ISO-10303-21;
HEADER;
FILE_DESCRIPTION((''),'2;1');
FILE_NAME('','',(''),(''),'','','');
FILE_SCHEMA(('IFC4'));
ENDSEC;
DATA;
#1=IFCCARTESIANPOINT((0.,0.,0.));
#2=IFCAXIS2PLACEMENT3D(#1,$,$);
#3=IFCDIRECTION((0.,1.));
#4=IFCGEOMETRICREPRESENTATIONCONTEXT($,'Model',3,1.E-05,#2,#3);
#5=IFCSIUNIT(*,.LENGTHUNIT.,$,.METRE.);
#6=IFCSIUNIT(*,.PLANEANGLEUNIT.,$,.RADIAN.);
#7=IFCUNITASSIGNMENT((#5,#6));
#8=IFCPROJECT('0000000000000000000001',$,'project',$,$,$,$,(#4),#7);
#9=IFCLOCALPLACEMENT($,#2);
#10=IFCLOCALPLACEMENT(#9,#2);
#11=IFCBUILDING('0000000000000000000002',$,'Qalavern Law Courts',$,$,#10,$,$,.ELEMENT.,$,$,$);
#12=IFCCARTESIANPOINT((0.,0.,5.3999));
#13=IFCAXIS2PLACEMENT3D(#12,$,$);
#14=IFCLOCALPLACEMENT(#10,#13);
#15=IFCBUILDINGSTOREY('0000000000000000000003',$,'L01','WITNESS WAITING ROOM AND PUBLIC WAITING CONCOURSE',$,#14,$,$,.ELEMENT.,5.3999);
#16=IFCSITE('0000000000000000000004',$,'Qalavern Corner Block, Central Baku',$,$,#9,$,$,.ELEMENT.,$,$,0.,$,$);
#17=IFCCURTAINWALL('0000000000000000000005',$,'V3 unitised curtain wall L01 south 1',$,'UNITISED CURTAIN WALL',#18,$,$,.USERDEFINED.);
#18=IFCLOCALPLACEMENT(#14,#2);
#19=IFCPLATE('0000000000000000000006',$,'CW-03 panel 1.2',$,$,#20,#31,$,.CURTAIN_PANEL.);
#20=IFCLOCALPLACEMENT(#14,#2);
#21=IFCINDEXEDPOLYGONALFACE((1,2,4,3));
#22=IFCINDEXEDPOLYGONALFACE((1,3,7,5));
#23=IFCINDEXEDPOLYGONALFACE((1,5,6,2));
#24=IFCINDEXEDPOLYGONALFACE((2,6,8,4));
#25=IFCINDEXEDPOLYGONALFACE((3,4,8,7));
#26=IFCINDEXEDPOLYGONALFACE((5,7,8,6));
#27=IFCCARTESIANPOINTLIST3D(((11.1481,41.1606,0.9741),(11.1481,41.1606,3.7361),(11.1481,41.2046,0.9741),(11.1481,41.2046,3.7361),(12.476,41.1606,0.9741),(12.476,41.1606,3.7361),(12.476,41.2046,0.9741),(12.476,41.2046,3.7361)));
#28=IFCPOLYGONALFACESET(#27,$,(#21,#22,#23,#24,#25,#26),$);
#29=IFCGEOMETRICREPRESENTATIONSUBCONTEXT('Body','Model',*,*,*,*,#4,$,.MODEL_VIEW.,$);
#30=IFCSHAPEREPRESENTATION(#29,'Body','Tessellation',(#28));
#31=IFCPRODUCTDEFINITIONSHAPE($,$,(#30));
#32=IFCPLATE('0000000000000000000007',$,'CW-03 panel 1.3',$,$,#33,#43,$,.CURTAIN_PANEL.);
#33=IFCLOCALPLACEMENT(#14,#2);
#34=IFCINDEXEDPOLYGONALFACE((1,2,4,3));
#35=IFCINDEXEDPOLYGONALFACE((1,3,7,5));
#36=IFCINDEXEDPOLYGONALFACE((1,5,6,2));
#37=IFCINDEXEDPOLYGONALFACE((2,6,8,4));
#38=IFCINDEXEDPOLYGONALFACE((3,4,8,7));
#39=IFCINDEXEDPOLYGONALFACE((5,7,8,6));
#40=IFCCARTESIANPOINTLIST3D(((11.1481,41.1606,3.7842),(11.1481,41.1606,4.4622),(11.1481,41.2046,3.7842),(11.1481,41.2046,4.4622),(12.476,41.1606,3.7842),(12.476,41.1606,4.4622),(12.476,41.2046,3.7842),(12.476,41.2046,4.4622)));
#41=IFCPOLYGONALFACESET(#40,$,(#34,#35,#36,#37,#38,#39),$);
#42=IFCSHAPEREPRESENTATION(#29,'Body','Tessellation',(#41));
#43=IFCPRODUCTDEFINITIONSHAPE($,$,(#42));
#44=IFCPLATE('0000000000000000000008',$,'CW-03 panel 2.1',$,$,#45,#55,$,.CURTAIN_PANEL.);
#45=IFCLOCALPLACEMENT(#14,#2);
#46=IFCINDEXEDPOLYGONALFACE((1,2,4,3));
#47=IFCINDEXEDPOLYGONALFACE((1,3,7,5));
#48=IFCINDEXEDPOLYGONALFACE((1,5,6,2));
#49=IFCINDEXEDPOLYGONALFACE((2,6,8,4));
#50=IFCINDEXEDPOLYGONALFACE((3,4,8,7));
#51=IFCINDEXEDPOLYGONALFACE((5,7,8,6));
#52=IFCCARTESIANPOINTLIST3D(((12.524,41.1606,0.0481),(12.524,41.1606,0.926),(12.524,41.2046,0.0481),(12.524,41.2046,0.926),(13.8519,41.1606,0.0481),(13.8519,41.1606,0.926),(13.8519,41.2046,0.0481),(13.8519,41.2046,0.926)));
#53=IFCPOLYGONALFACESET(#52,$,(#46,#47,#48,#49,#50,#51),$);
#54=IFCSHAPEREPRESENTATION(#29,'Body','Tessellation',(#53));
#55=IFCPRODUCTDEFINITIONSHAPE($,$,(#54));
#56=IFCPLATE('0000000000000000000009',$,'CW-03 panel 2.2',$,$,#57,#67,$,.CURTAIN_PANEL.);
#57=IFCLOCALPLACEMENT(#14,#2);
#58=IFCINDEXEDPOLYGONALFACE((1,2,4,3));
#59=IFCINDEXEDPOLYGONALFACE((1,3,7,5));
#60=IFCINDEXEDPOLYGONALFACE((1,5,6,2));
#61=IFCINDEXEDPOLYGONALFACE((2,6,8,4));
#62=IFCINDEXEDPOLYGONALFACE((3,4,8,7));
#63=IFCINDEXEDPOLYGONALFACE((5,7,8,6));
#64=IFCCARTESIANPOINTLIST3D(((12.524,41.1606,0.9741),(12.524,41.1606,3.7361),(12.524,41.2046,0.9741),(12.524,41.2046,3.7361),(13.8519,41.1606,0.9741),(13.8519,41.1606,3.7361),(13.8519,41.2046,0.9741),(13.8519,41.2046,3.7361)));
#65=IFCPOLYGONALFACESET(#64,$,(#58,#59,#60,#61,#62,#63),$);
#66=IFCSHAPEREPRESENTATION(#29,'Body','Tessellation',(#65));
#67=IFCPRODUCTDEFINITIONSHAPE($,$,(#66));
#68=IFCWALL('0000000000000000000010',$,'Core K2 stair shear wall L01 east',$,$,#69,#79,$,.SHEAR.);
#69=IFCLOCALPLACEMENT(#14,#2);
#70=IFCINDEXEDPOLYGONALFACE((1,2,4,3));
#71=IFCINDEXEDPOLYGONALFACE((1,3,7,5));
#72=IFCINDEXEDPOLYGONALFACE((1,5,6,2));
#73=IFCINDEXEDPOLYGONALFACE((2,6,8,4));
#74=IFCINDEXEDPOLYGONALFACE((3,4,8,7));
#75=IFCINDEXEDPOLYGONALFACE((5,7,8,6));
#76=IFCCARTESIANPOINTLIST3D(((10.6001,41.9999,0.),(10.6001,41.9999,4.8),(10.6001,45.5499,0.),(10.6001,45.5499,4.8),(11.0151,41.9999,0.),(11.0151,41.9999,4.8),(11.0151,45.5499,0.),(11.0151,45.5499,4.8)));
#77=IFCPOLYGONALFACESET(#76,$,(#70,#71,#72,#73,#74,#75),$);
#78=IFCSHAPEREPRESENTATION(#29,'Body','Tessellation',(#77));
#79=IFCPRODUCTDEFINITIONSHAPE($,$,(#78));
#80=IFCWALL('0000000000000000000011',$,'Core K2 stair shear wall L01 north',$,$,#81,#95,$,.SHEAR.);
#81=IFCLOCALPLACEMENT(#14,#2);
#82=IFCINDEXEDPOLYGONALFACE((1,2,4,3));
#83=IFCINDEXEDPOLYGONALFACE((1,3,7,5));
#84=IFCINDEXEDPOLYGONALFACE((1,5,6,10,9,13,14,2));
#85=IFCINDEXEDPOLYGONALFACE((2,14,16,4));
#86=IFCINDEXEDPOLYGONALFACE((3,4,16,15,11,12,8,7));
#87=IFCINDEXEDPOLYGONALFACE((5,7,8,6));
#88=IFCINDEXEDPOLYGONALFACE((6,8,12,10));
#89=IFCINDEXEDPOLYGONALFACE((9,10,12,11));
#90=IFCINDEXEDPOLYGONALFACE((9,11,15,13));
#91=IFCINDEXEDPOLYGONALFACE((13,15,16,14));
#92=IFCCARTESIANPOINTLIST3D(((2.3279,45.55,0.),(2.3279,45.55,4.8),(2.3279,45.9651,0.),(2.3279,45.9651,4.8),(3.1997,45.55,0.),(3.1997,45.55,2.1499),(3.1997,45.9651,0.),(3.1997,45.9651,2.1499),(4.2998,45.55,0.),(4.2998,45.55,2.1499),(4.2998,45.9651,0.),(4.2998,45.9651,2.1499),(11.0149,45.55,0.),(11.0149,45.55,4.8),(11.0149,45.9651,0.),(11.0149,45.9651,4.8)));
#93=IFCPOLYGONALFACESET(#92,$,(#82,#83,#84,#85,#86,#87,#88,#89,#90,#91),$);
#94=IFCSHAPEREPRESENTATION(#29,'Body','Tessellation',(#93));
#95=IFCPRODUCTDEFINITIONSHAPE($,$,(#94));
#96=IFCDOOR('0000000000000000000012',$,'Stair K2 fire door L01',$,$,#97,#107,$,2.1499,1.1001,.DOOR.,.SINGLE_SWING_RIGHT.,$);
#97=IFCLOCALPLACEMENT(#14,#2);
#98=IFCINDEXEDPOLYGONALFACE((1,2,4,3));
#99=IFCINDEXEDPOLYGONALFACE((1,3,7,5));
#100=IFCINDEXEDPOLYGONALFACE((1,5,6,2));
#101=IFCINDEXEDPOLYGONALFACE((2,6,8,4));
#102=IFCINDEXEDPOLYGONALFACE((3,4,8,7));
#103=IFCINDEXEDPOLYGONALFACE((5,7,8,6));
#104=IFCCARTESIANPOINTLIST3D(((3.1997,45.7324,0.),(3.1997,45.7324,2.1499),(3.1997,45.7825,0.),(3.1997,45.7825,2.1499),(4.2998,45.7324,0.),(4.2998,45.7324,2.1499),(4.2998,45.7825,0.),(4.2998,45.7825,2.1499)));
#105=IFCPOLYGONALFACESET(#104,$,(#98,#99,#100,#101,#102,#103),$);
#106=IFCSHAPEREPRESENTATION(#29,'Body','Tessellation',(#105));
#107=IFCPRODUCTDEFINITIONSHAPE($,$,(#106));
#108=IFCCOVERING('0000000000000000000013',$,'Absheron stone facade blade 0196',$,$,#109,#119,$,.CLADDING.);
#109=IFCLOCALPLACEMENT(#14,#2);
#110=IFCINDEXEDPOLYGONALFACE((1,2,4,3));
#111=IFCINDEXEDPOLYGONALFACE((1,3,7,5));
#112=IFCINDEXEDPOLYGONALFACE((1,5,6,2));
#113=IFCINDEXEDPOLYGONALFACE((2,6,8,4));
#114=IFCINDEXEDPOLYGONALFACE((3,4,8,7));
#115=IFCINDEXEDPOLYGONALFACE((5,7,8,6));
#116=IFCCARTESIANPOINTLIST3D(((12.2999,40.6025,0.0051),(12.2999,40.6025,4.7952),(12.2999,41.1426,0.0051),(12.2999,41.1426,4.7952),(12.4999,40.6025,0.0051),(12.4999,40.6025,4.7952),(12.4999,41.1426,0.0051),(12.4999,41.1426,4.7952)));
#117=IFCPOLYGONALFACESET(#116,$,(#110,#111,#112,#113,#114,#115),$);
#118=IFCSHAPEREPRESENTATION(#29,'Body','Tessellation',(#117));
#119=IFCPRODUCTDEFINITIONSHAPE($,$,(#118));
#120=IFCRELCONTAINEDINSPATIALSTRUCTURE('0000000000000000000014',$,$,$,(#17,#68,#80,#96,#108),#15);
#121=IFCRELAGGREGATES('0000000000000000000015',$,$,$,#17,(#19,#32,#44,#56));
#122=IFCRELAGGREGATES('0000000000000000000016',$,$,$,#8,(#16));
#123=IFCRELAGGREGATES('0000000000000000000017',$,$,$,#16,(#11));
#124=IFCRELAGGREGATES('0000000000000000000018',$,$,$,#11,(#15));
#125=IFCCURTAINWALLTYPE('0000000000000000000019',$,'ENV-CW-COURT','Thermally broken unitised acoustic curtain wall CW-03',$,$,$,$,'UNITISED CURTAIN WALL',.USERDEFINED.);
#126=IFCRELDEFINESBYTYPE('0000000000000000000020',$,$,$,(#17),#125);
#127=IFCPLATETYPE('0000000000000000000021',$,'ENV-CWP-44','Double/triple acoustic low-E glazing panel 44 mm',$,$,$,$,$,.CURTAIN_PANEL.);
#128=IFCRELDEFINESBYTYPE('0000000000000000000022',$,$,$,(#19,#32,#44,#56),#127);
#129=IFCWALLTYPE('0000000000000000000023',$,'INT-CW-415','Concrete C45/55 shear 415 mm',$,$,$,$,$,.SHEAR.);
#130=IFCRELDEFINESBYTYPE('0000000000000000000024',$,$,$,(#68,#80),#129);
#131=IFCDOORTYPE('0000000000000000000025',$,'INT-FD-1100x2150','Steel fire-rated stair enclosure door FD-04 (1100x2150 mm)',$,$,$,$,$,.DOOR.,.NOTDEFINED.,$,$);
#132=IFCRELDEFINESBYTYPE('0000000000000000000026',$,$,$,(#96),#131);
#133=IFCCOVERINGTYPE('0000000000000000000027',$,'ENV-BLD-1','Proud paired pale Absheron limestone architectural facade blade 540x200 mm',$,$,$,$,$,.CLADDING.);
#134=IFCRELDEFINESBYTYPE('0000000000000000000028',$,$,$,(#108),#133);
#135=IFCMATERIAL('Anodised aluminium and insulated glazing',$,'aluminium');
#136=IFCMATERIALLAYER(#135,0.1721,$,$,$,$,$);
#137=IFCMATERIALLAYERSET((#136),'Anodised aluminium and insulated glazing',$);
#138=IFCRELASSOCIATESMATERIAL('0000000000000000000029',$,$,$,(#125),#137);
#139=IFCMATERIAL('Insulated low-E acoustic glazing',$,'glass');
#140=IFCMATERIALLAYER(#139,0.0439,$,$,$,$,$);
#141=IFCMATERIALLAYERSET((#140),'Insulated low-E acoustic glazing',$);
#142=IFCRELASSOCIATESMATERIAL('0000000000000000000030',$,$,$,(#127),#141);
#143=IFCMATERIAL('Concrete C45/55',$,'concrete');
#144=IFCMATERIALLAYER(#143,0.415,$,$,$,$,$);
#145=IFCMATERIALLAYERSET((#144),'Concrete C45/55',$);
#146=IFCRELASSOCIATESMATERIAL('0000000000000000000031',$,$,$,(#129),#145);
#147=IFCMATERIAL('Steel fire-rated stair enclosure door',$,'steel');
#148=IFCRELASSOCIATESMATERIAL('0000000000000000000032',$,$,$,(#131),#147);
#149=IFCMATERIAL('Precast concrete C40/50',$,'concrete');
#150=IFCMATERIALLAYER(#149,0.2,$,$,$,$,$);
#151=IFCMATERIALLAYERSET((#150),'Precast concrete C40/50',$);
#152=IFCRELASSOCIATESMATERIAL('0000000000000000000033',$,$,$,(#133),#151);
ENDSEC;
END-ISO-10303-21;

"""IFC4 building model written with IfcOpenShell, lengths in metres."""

from ifc_helpers import new_model, si_unit, direction, frame, frame_2d, origin, origin_2d, place, context, subcontext, project, spatial, rectangle, extrude, material, layer, layer_set, type_object, element, fill, aggregate, save


model = new_model("IFC4")

# Units and contexts
model_context = context("Model", 3, precision=1e-05, world=origin(), true_north=direction((0.0, 1.0)))
body_context = subcontext(model_context, "Body", "Model", "MODEL_VIEW")
ifc_project = project(units=[si_unit("LENGTHUNIT", "METRE"), si_unit("PLANEANGLEUNIT", "RADIAN")], contexts=[model_context])

# Site, building, storey
site_placement = place(None, origin())
site = spatial("IfcSite", under=ifc_project, at=site_placement, Name="Qalavern Corner Block, Central Baku", CompositionType="ELEMENT", RefElevation=0.0)
building_placement = place(site_placement, origin())
building = spatial("IfcBuilding", under=site, at=building_placement, Name="Qalavern Law Courts", CompositionType="ELEMENT")
storey_placement = place(building_placement, frame((0.0, 0.0, 5.3999)))
storey = spatial("IfcBuildingStorey", under=building, at=storey_placement, Name="L01", Description="WITNESS WAITING ROOM AND PUBLIC WAITING CONCOURSE", CompositionType="ELEMENT", Elevation=5.3999)

# Curtain wall, plates
ifc_material_1 = material(Name="Anodised aluminium and insulated glazing", Category="aluminium")
ifc_layer_1 = layer(ifc_material_1, 0.1721)
ifc_layer_set_1 = layer_set([ifc_layer_1], Name="Anodised aluminium and insulated glazing")
curtain_wall_type = type_object("IfcCurtainWallType", Name="ENV-CW-COURT", Description="Thermally broken unitised acoustic curtain wall CW-03", ElementType="UNITISED CURTAIN WALL", PredefinedType="USERDEFINED", material=ifc_layer_set_1)
curtain_wall_placement = place(storey_placement, origin())
curtain_wall = element("IfcCurtainWall", 1, at=curtain_wall_placement, inside=storey, type_object=curtain_wall_type, Name="V3 unitised curtain wall L01 south 1", ObjectType="UNITISED CURTAIN WALL", PredefinedType="USERDEFINED")
ifc_material_2 = material(Name="Insulated low-E acoustic glazing", Category="glass")
ifc_layer_2 = layer(ifc_material_2, 0.0439)
ifc_layer_set_2 = layer_set([ifc_layer_2], Name="Insulated low-E acoustic glazing")
plate_type = type_object("IfcPlateType", Name="ENV-CWP-44", Description="Double/triple acoustic low-E glazing panel 44 mm", PredefinedType="CURTAIN_PANEL", material=ifc_layer_set_2)
plate_1_placement = place(storey_placement, frame((11.812, 41.1826, 0.9741), z_axis=(0.0, 0.0, 1.0), x_axis=(1.0, 0.0, 0.0)))
plate_1 = element("IfcPlate", 2, at=plate_1_placement, type_object=plate_type, Name="CW-03 panel 1.2", PredefinedType="CURTAIN_PANEL", context=body_context, shape_type="SweptSolid", body=[
    extrude(rectangle(XDim=1.3279, YDim=0.0439, at=origin_2d()), origin(), (0.0, 0.0, 1.0), 2.762),
])
plate_2_placement = place(storey_placement, frame((11.812, 41.1826, 3.7842), z_axis=(0.0, 0.0, 1.0), x_axis=(1.0, 0.0, 0.0)))
plate_2 = element("IfcPlate", 3, at=plate_2_placement, type_object=plate_type, Name="CW-03 panel 1.3", PredefinedType="CURTAIN_PANEL", context=body_context, shape_type="SweptSolid", body=[
    extrude(rectangle(XDim=1.3279, YDim=0.0439, at=origin_2d()), origin(), (0.0, 0.0, 1.0), 0.678),
])
plate_3_placement = place(storey_placement, frame((13.188, 41.1826, 0.0481), z_axis=(0.0, 0.0, 1.0), x_axis=(1.0, 0.0, 0.0)))
plate_3 = element("IfcPlate", 4, at=plate_3_placement, type_object=plate_type, Name="CW-03 panel 2.1", PredefinedType="CURTAIN_PANEL", context=body_context, shape_type="SweptSolid", body=[
    extrude(rectangle(XDim=1.3279, YDim=0.0439, at=origin_2d()), origin(), (0.0, 0.0, 1.0), 0.8779),
])
plate_4_placement = place(storey_placement, frame((13.188, 41.1826, 0.9741), z_axis=(0.0, 0.0, 1.0), x_axis=(1.0, 0.0, 0.0)))
plate_4 = element("IfcPlate", 5, at=plate_4_placement, type_object=plate_type, Name="CW-03 panel 2.2", PredefinedType="CURTAIN_PANEL", context=body_context, shape_type="SweptSolid", body=[
    extrude(rectangle(XDim=1.3279, YDim=0.0439, at=origin_2d()), origin(), (0.0, 0.0, 1.0), 2.762),
])
aggregate(curtain_wall, [plate_1, plate_2, plate_3, plate_4])

# Wall
ifc_material_3 = material(Name="Concrete C45/55", Category="concrete")
ifc_layer_3 = layer(ifc_material_3, 0.415)
ifc_layer_set_3 = layer_set([ifc_layer_3], Name="Concrete C45/55")
wall_type = type_object("IfcWallType", Name="INT-CW-415", Description="Concrete C45/55 shear 415 mm", PredefinedType="SHEAR", material=ifc_layer_set_3)
wall_1_placement = place(storey_placement, frame((10.8076, 42.0, 0.0), z_axis=(0.0, 0.0, 1.0), x_axis=(0.0, 1.0, 0.0)))
element("IfcWall", 6, at=wall_1_placement, inside=storey, type_object=wall_type, Name="Core K2 stair shear wall L01 east", PredefinedType="SHEAR", context=body_context, shape_type="SweptSolid", body=[
    extrude(rectangle(XDim=3.55, YDim=0.415, at=frame_2d((1.7749, 0.0))), origin(), (0.0, 0.0, 1.0), 4.8),
])

# Wall, opening, door
wall_2_placement = place(storey_placement, frame((11.0149, 45.7576, 0.0), z_axis=(0.0, 0.0, 1.0), x_axis=(-1.0, 0.0, 0.0)))
wall_2 = element("IfcWall", 7, at=wall_2_placement, inside=storey, type_object=wall_type, Name="Core K2 stair shear wall L01 north", PredefinedType="SHEAR", context=body_context, shape_type="SweptSolid", body=[
    extrude(rectangle(XDim=8.687, YDim=0.415, at=frame_2d((4.3435, 0.0))), origin(), (0.0, 0.0, 1.0), 4.8),
])
opening_placement = place(wall_2_placement, frame((6.7151, 0.0, 0.0)))
opening = element("IfcOpeningElement", 8, at=opening_placement, cuts=wall_2, PredefinedType="OPENING", context=body_context, shape_type="SweptSolid", body=[
    extrude(rectangle(XDim=1.1001, YDim=2.1499, at=frame_2d((0.55, 1.075))), frame((0.0, 0.2224, 0.0), z_axis=(0.0, -1.0, 0.0), x_axis=(1.0, 0.0, 0.0)), (0.0, 0.0, 1.0), 0.4448),
])
ifc_material_4 = material(Name="Steel fire-rated stair enclosure door", Category="steel")
door_type = type_object("IfcDoorType", Name="INT-FD-1100x2150", Description="Steel fire-rated stair enclosure door FD-04 (1100x2150 mm)", OperationType="NOTDEFINED", PredefinedType="DOOR", material=ifc_material_4)
door_placement = place(opening_placement, frame((1.1001, 0.0, 0.0), z_axis=(0.0, 0.0, 1.0), x_axis=(-1.0, 0.0, 0.0)))
door = element("IfcDoor", 9, at=door_placement, inside=storey, type_object=door_type, Name="Stair K2 fire door L01", OperationType="SINGLE_SWING_RIGHT", OverallHeight=2.1499, OverallWidth=1.1001, PredefinedType="DOOR", context=body_context, shape_type="SweptSolid", body=[
    extrude(rectangle(XDim=1.1001, YDim=2.1499, at=frame_2d((0.55, 1.075))), frame((0.0, 0.0249, 0.0), z_axis=(0.0, -1.0, 0.0), x_axis=(1.0, 0.0, 0.0)), (0.0, 0.0, 1.0), 0.05),
])
fill(opening, door)

# Covering
ifc_material_5 = material(Name="Precast concrete C40/50", Category="concrete")
ifc_layer_4 = layer(ifc_material_5, 0.2)
ifc_layer_set_4 = layer_set([ifc_layer_4], Name="Precast concrete C40/50")
covering_type = type_object("IfcCoveringType", Name="ENV-BLD-1", Description="Proud paired pale Absheron limestone architectural facade blade 540x200 mm", PredefinedType="CLADDING", material=ifc_layer_set_4)
covering_placement = place(storey_placement, frame((12.3999, 40.8726, 0.0051), z_axis=(0.0, 0.0, 1.0), x_axis=(0.0, -1.0, 0.0)))
element("IfcCovering", 10, at=covering_placement, inside=storey, type_object=covering_type, Name="Absheron stone facade blade 0196", PredefinedType="CLADDING", context=body_context, shape_type="SweptSolid", body=[
    extrude(rectangle(XDim=0.54, YDim=0.2, at=origin_2d()), origin(), (0.0, 0.0, 1.0), 4.79),
])

save(model, "model.ifc")
